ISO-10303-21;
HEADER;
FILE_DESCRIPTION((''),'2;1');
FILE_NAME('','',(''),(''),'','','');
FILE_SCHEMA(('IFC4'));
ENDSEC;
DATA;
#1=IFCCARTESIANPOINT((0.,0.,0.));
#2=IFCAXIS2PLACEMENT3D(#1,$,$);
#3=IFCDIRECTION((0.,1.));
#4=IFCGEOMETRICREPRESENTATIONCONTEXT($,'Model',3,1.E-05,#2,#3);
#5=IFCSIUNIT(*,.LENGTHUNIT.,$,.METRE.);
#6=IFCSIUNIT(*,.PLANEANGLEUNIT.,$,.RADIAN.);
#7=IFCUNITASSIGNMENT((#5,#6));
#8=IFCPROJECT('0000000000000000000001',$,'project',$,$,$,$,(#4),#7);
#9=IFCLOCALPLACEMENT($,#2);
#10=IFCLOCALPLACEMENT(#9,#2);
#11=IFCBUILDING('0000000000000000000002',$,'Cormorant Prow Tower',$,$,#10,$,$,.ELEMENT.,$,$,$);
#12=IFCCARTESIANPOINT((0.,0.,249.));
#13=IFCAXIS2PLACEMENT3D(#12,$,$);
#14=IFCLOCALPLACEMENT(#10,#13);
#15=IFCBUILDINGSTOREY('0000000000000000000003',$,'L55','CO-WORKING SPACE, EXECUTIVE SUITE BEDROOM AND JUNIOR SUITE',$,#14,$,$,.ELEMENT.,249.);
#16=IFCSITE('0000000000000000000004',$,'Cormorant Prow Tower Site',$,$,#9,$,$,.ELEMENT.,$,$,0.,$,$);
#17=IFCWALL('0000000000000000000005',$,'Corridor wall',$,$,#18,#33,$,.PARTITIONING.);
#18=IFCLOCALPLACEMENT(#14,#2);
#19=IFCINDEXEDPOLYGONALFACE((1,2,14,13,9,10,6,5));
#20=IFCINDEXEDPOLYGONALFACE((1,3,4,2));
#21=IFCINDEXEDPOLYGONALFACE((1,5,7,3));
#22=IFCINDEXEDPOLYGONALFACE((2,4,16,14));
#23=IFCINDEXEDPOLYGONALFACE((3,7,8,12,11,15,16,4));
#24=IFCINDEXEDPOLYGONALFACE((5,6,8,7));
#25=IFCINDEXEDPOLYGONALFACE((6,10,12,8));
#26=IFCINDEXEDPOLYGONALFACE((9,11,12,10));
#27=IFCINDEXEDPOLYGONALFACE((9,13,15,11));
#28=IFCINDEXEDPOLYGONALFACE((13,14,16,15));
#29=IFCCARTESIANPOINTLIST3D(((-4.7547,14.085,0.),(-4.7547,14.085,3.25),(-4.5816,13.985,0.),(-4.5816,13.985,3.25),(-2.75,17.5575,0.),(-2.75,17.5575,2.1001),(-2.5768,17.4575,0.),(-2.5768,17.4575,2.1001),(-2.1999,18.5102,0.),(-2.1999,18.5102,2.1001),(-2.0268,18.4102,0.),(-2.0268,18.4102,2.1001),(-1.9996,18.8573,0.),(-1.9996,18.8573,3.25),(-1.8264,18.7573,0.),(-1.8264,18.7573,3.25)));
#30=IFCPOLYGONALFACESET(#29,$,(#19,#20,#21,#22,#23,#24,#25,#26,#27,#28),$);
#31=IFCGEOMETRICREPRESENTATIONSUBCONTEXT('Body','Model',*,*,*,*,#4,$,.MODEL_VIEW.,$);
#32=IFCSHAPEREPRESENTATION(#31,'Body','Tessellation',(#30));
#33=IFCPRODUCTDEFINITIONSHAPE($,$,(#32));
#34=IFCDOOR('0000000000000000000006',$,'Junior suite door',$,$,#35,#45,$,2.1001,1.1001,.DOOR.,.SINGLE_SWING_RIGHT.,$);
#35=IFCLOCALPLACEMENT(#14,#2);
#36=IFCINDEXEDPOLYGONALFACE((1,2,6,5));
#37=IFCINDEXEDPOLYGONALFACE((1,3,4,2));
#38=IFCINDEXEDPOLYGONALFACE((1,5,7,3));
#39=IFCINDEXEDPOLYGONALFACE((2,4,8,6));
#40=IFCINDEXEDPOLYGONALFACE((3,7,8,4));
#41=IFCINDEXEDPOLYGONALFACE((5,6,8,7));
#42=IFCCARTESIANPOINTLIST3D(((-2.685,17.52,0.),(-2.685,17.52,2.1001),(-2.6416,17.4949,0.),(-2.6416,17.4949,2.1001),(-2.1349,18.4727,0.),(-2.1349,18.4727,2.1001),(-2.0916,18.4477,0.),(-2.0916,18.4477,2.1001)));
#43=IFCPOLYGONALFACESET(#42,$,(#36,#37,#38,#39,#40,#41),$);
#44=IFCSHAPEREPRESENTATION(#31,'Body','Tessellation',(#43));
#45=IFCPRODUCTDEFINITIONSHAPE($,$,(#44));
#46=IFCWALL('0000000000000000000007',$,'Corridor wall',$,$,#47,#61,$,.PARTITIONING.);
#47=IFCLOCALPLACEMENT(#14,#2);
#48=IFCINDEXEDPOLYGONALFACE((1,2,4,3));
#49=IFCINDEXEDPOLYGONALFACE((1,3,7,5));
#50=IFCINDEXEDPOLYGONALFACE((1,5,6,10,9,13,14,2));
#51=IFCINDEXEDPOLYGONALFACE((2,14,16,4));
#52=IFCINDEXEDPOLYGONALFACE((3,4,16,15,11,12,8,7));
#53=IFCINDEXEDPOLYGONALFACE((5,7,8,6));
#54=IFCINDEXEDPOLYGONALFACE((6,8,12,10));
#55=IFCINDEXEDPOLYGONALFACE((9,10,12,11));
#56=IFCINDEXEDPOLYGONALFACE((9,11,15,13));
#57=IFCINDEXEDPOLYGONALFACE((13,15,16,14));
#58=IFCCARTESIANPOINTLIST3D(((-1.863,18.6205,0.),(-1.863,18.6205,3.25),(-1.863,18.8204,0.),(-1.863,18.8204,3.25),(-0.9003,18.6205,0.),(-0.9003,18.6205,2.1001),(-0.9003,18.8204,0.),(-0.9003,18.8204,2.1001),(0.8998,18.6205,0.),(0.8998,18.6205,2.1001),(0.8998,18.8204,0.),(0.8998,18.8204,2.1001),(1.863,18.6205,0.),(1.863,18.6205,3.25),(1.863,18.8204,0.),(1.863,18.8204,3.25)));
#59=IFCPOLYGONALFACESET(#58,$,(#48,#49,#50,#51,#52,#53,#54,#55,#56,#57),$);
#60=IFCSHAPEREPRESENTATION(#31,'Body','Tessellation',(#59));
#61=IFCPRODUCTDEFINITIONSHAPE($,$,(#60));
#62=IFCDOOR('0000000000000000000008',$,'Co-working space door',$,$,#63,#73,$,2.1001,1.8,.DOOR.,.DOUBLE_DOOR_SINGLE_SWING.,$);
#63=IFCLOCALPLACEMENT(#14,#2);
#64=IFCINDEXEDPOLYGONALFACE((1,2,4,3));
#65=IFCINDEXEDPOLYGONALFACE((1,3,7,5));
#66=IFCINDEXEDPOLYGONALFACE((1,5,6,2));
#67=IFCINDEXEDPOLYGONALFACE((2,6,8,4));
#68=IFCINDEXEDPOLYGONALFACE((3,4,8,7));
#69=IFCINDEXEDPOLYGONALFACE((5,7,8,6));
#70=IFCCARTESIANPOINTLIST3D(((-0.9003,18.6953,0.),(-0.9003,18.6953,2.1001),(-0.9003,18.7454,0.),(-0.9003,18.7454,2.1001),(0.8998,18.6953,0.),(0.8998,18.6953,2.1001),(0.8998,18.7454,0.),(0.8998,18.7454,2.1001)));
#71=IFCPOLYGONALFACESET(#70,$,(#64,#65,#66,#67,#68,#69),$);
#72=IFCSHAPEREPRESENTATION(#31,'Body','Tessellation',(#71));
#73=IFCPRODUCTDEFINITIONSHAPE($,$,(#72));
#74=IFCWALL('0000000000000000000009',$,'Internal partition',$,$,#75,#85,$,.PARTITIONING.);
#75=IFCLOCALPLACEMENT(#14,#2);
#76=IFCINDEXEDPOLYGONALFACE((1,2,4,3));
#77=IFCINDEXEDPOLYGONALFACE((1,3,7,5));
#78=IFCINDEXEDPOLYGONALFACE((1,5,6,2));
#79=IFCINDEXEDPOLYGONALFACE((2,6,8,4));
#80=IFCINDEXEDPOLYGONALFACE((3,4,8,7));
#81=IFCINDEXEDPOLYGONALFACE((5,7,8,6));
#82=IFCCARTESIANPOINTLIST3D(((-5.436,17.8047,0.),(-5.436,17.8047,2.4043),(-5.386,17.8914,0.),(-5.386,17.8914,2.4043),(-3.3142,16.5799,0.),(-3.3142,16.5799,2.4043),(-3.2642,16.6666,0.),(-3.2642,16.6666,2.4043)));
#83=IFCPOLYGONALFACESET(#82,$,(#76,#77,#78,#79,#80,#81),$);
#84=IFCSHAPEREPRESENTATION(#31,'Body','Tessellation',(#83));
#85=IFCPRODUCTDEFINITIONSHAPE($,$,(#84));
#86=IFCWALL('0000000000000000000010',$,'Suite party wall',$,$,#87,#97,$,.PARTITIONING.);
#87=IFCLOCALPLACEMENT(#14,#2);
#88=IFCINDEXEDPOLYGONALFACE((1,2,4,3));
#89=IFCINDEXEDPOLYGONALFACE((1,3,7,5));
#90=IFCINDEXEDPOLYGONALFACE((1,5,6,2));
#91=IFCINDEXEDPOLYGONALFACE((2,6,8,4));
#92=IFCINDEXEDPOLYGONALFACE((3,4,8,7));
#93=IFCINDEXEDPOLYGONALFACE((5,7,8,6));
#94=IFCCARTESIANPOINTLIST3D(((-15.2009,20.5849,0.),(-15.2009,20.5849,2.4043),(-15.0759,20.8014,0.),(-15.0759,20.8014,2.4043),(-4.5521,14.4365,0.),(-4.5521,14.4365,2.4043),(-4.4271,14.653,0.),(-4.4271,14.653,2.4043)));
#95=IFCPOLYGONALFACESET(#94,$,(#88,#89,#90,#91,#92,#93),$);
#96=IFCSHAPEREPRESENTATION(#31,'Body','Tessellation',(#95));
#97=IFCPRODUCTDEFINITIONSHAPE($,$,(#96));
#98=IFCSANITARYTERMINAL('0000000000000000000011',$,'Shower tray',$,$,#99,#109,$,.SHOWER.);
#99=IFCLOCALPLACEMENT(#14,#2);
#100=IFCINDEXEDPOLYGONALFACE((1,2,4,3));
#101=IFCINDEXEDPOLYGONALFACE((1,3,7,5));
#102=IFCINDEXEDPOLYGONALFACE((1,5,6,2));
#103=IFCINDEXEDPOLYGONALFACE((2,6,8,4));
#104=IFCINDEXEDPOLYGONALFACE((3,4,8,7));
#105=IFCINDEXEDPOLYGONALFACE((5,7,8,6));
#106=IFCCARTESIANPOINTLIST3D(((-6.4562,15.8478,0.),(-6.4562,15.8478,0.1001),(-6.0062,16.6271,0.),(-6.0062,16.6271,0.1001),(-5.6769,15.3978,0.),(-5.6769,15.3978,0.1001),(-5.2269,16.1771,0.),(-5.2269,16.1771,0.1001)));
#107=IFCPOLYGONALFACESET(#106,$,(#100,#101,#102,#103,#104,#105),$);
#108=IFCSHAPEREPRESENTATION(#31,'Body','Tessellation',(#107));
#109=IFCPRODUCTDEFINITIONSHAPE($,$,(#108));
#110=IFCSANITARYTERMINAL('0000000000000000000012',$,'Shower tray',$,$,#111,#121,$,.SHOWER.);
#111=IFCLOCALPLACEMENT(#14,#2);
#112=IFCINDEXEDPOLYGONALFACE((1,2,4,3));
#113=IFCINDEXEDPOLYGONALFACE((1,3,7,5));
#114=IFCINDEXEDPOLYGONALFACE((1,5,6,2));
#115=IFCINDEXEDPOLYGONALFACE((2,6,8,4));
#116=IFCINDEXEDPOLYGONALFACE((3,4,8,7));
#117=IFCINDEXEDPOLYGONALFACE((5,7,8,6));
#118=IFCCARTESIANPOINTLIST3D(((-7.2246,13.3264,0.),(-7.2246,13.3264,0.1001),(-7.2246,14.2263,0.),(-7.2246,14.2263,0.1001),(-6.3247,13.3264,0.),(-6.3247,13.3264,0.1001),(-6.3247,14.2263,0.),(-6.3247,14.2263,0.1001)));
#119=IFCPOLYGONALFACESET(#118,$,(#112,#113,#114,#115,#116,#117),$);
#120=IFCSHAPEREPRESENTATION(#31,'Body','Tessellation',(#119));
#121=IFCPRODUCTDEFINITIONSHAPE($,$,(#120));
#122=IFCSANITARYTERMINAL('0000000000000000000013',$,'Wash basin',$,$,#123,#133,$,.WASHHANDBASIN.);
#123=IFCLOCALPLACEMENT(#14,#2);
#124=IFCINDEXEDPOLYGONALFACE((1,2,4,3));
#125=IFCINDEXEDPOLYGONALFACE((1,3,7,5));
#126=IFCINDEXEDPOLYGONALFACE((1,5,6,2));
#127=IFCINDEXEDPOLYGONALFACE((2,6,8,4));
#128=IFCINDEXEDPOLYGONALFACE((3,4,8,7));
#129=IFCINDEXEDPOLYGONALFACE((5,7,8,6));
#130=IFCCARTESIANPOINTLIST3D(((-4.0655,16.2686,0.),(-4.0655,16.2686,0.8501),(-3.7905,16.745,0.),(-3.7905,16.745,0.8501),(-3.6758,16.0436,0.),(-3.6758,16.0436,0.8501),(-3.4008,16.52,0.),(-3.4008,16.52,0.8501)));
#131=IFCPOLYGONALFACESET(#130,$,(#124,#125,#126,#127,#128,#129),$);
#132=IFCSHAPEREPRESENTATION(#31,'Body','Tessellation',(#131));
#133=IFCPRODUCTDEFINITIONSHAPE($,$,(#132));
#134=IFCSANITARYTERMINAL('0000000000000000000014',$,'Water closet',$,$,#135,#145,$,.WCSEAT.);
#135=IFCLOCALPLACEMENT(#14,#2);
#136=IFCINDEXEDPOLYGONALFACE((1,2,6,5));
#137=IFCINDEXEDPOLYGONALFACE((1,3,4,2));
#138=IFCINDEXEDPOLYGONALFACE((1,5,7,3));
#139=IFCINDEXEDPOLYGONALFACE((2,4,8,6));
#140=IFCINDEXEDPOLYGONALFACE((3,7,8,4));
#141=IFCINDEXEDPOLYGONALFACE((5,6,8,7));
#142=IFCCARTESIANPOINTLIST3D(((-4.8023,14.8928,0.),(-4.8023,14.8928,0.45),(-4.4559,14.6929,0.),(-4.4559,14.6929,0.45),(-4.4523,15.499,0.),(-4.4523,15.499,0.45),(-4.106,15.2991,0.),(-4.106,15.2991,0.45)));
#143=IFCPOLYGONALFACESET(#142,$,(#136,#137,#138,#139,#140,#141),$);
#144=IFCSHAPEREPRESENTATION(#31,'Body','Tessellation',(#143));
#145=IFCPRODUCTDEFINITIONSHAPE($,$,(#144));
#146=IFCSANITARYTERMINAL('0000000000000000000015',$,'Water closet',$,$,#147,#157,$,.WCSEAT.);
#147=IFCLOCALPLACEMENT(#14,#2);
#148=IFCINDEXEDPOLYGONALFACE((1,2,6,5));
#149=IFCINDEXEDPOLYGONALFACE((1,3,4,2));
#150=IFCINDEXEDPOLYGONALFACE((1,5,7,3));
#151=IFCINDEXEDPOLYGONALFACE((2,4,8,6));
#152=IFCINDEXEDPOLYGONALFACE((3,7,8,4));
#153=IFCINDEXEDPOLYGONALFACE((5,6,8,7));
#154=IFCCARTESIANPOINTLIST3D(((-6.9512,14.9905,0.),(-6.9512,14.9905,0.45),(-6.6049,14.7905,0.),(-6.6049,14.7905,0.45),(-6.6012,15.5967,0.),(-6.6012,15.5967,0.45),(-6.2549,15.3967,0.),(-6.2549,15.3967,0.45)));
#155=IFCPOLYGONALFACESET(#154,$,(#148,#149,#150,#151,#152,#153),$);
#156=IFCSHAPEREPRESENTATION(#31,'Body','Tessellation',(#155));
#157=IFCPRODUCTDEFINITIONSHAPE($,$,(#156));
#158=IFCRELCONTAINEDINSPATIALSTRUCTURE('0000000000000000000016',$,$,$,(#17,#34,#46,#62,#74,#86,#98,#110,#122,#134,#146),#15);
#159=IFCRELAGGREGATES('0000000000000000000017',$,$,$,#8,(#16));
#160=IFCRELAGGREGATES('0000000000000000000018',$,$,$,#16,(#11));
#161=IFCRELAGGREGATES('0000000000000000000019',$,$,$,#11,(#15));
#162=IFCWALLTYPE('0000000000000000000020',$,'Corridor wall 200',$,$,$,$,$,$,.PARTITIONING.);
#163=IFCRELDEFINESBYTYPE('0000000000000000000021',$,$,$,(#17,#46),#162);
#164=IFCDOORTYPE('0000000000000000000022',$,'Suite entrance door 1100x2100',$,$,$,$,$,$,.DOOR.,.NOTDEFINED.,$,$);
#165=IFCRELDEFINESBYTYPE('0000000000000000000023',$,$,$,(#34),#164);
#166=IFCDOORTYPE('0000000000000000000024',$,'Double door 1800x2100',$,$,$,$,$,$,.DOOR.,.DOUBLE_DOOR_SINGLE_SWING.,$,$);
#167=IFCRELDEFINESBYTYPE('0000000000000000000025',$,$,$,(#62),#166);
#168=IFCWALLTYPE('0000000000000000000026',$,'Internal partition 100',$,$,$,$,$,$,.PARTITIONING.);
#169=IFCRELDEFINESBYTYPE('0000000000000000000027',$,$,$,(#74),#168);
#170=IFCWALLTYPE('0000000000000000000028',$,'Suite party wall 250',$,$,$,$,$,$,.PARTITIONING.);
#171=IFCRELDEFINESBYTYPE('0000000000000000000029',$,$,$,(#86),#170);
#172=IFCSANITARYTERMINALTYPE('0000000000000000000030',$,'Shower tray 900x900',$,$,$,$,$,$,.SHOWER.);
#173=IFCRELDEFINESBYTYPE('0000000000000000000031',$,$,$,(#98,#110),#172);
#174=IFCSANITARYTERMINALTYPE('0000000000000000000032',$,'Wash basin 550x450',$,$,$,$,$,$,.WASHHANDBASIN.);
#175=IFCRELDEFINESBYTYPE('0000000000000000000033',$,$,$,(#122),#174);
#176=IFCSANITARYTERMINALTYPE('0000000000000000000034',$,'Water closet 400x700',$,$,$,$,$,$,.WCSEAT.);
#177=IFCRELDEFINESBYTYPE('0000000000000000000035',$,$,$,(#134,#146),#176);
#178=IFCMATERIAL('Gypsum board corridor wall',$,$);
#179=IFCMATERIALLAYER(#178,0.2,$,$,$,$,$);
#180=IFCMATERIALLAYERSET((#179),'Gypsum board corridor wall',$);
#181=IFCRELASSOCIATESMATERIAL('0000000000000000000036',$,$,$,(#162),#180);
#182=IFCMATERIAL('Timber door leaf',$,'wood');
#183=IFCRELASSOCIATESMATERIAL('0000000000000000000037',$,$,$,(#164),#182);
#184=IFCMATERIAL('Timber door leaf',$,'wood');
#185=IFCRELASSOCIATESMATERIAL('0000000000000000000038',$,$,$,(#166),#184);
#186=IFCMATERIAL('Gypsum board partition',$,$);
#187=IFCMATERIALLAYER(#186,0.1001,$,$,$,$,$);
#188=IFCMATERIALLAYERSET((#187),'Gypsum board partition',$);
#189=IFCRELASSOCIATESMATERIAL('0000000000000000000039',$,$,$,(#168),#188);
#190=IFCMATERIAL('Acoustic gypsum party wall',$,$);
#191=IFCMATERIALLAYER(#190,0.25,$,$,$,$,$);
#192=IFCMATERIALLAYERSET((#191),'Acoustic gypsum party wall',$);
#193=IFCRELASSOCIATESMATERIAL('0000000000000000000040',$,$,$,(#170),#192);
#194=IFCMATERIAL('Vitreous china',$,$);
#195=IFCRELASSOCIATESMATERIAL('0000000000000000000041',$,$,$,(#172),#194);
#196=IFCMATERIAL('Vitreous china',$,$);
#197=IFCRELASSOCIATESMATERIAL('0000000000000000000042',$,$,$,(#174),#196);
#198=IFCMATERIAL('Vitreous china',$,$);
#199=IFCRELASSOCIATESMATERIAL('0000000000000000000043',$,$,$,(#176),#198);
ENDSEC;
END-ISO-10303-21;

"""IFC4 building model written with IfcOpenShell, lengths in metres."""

from ifc_helpers import new_model, si_unit, direction, frame, frame_2d, origin, origin_2d, place, context, subcontext, project, spatial, rectangle, extrude, material, layer, layer_set, type_object, element, fill, save


model = new_model("IFC4")

# Units and contexts
model_context = context("Model", 3, precision=1e-05, world=origin(), true_north=direction((0.0, 1.0)))
body_context = subcontext(model_context, "Body", "Model", "MODEL_VIEW")
ifc_project = project(units=[si_unit("LENGTHUNIT", "METRE"), si_unit("PLANEANGLEUNIT", "RADIAN")], contexts=[model_context])

# Site, building, storey
site_placement = place(None, origin())
site = spatial("IfcSite", under=ifc_project, at=site_placement, Name="Cormorant Prow Tower Site", CompositionType="ELEMENT", RefElevation=0.0)
building_placement = place(site_placement, origin())
building = spatial("IfcBuilding", under=site, at=building_placement, Name="Cormorant Prow Tower", CompositionType="ELEMENT")
storey_placement = place(building_placement, frame((0.0, 0.0, 249.0)))
storey = spatial("IfcBuildingStorey", under=building, at=storey_placement, Name="L55", Description="CO-WORKING SPACE, EXECUTIVE SUITE BEDROOM AND JUNIOR SUITE", CompositionType="ELEMENT", Elevation=249.0)

# Walls, openings, doors
ifc_material_1 = material(Name="Gypsum board corridor wall")
ifc_layer_1 = layer(ifc_material_1, 0.2)
ifc_layer_set_1 = layer_set([ifc_layer_1], Name="Gypsum board corridor wall")
wall_type_1 = type_object("IfcWallType", Name="Corridor wall 200", PredefinedType="PARTITIONING", material=ifc_layer_set_1)
wall_1_placement = place(storey_placement, frame((-4.6682, 14.0349, 0.0), z_axis=(0.0, 0.0, 1.0), x_axis=(0.499985, 0.866034, 0.0)))
wall_1 = element("IfcWall", 1, at=wall_1_placement, inside=storey, type_object=wall_type_1, Name="Corridor wall", PredefinedType="PARTITIONING", context=body_context, shape_type="SweptSolid", body=[
    extrude(rectangle(XDim=5.5105, YDim=0.2, at=frame_2d((2.7554, 0.0))), origin(), (0.0, 0.0, 1.0), 3.25),
])
opening_1_placement = place(wall_1_placement, frame((4.0098, 0.0, 0.0)))
opening_1 = element("IfcOpeningElement", 2, at=opening_1_placement, cuts=wall_1, PredefinedType="OPENING", context=body_context, shape_type="SweptSolid", body=[
    extrude(rectangle(XDim=1.1001, YDim=2.1001, at=frame_2d((0.55, 1.05))), frame((0.0, 0.1099, 0.0), z_axis=(0.0, -1.0, 0.0), x_axis=(1.0, 0.0, 0.0)), (0.0, 0.0, 1.0), 0.22),
])
ifc_material_2 = material(Name="Timber door leaf", Category="wood")
door_type_1 = type_object("IfcDoorType", Name="Suite entrance door 1100x2100", OperationType="NOTDEFINED", PredefinedType="DOOR", material=ifc_material_2)
door_1_placement = place(opening_1_placement, origin())
door_1 = element("IfcDoor", 3, at=door_1_placement, inside=storey, type_object=door_type_1, Name="Junior suite door", OperationType="SINGLE_SWING_RIGHT", OverallHeight=2.1001, OverallWidth=1.1001, PredefinedType="DOOR", context=body_context, shape_type="SweptSolid", body=[
    extrude(rectangle(XDim=1.1001, YDim=2.1001, at=frame_2d((0.55, 1.05))), frame((0.0, 0.0249, 0.0), z_axis=(0.0, -1.0, 0.0), x_axis=(1.0, 0.0, 0.0)), (0.0, 0.0, 1.0), 0.05),
])
fill(opening_1, door_1)
wall_2_placement = place(storey_placement, frame((-1.863, 18.7205, 0.0), z_axis=(0.0, 0.0, 1.0), x_axis=(1.0, 0.0, 0.0)))
wall_2 = element("IfcWall", 4, at=wall_2_placement, inside=storey, type_object=wall_type_1, Name="Corridor wall", PredefinedType="PARTITIONING", context=body_context, shape_type="SweptSolid", body=[
    extrude(rectangle(XDim=3.7261, YDim=0.2, at=frame_2d((1.863, 0.0))), origin(), (0.0, 0.0, 1.0), 3.25),
])
opening_2_placement = place(wall_2_placement, frame((0.9629, 0.0, 0.0)))
opening_2 = element("IfcOpeningElement", 5, at=opening_2_placement, cuts=wall_2, PredefinedType="OPENING", context=body_context, shape_type="SweptSolid", body=[
    extrude(rectangle(XDim=1.8, YDim=2.1001, at=frame_2d((0.8999, 1.05))), frame((0.0, 0.1099, 0.0), z_axis=(0.0, -1.0, 0.0), x_axis=(1.0, 0.0, 0.0)), (0.0, 0.0, 1.0), 0.22),
])
ifc_material_3 = material(Name="Timber door leaf", Category="wood")
door_type_2 = type_object("IfcDoorType", Name="Double door 1800x2100", OperationType="DOUBLE_DOOR_SINGLE_SWING", PredefinedType="DOOR", material=ifc_material_3)
door_2_placement = place(opening_2_placement, origin())
door_2 = element("IfcDoor", 6, at=door_2_placement, inside=storey, type_object=door_type_2, Name="Co-working space door", OperationType="DOUBLE_DOOR_SINGLE_SWING", OverallHeight=2.1001, OverallWidth=1.8, PredefinedType="DOOR", context=body_context, shape_type="SweptSolid", body=[
    extrude(rectangle(XDim=1.8, YDim=2.1001, at=frame_2d((0.8999, 1.05))), frame((0.0, 0.0249, 0.0), z_axis=(0.0, -1.0, 0.0), x_axis=(1.0, 0.0, 0.0)), (0.0, 0.0, 1.0), 0.05),
])
fill(opening_2, door_2)

# Walls
ifc_material_4 = material(Name="Gypsum board partition")
ifc_layer_2 = layer(ifc_material_4, 0.1001)
ifc_layer_set_2 = layer_set([ifc_layer_2], Name="Gypsum board partition")
wall_type_2 = type_object("IfcWallType", Name="Internal partition 100", PredefinedType="PARTITIONING", material=ifc_layer_set_2)
wall_3_placement = place(storey_placement, frame((-5.4111, 17.8481, 0.0), z_axis=(0.0, 0.0, 1.0), x_axis=(0.866058, -0.499944, 0.0)))
element("IfcWall", 7, at=wall_3_placement, inside=storey, type_object=wall_type_2, Name="Internal partition", PredefinedType="PARTITIONING", context=body_context, shape_type="SweptSolid", body=[
    extrude(rectangle(XDim=2.45, YDim=0.1001, at=frame_2d((1.2251, 0.0))), origin(), (0.0, 0.0, 1.0), 2.4043),
])
ifc_material_5 = material(Name="Acoustic gypsum party wall")
ifc_layer_3 = layer(ifc_material_5, 0.25)
ifc_layer_set_3 = layer_set([ifc_layer_3], Name="Acoustic gypsum party wall")
wall_type_3 = type_object("IfcWallType", Name="Suite party wall 250", PredefinedType="PARTITIONING", material=ifc_layer_set_3)
wall_4_placement = place(storey_placement, frame((-15.1384, 20.6931, 0.0), z_axis=(0.0, 0.0, 1.0), x_axis=(0.866016, -0.500017, 0.0)))
element("IfcWall", 8, at=wall_4_placement, inside=storey, type_object=wall_type_3, Name="Suite party wall", PredefinedType="PARTITIONING", context=body_context, shape_type="SweptSolid", body=[
    extrude(rectangle(XDim=12.2964, YDim=0.25, at=frame_2d((6.1482, 0.0))), origin(), (0.0, 0.0, 1.0), 2.4043),
])

# Sanitary terminals
ifc_material_6 = material(Name="Vitreous china")
sanitary_terminal_type_1 = type_object("IfcSanitaryTerminalType", Name="Shower tray 900x900", PredefinedType="SHOWER", material=ifc_material_6)
for number, where, z_axis, x_axis, name in (
    (9, (-5.8416, 16.0125, 0.0), (0.0, 0.0, 1.0), (0.5, 0.866025, 0.0), "Shower tray"),
    (10, (-6.7747, 13.7764, 0.0), (0.0, 0.0, 1.0), (1.0, 0.0, 0.0), "Shower tray"),
):
    element("IfcSanitaryTerminal", number, at=place(storey_placement, frame(where, z_axis=z_axis, x_axis=x_axis)), inside=storey, type_object=sanitary_terminal_type_1, Name=name, PredefinedType="SHOWER", context=body_context, shape_type="SweptSolid", body=[
        extrude(rectangle(XDim=0.8999, YDim=0.8999, at=origin_2d()), origin(), (0.0, 0.0, 1.0), 0.1001),
    ])
ifc_material_7 = material(Name="Vitreous china")
sanitary_terminal_type_2 = type_object("IfcSanitaryTerminalType", Name="Wash basin 550x450", PredefinedType="WASHHANDBASIN", material=ifc_material_7)
sanitary_terminal_placement = place(storey_placement, frame((-3.7332, 16.3943, 0.0), z_axis=(0.0, 0.0, 1.0), x_axis=(-0.5, -0.866025, 0.0)))
element("IfcSanitaryTerminal", 11, at=sanitary_terminal_placement, inside=storey, type_object=sanitary_terminal_type_2, Name="Wash basin", PredefinedType="WASHHANDBASIN", context=body_context, shape_type="SweptSolid", body=[
    extrude(rectangle(XDim=0.55, YDim=0.45, at=origin_2d()), origin(), (0.0, 0.0, 1.0), 0.8501),
])
ifc_material_8 = material(Name="Vitreous china")
sanitary_terminal_type_3 = type_object("IfcSanitaryTerminalType", Name="Water closet 400x700", PredefinedType="WCSEAT", material=ifc_material_8)
for number, where, z_axis, x_axis, name in (
    (12, (-4.4541, 15.0959, 0.0), (0.0, 0.0, 1.0), (-0.866025, 0.5, 0.0), "Water closet"),
    (13, (-6.603, 15.1936, 0.0), (0.0, 0.0, 1.0), (0.866025, -0.5, 0.0), "Water closet"),
):
    element("IfcSanitaryTerminal", number, at=place(storey_placement, frame(where, z_axis=z_axis, x_axis=x_axis)), inside=storey, type_object=sanitary_terminal_type_3, Name=name, PredefinedType="WCSEAT", context=body_context, shape_type="SweptSolid", body=[
        extrude(rectangle(XDim=0.3999, YDim=0.7, at=origin_2d()), origin(), (0.0, 0.0, 1.0), 0.45),
    ])

save(model, "model.ifc")
